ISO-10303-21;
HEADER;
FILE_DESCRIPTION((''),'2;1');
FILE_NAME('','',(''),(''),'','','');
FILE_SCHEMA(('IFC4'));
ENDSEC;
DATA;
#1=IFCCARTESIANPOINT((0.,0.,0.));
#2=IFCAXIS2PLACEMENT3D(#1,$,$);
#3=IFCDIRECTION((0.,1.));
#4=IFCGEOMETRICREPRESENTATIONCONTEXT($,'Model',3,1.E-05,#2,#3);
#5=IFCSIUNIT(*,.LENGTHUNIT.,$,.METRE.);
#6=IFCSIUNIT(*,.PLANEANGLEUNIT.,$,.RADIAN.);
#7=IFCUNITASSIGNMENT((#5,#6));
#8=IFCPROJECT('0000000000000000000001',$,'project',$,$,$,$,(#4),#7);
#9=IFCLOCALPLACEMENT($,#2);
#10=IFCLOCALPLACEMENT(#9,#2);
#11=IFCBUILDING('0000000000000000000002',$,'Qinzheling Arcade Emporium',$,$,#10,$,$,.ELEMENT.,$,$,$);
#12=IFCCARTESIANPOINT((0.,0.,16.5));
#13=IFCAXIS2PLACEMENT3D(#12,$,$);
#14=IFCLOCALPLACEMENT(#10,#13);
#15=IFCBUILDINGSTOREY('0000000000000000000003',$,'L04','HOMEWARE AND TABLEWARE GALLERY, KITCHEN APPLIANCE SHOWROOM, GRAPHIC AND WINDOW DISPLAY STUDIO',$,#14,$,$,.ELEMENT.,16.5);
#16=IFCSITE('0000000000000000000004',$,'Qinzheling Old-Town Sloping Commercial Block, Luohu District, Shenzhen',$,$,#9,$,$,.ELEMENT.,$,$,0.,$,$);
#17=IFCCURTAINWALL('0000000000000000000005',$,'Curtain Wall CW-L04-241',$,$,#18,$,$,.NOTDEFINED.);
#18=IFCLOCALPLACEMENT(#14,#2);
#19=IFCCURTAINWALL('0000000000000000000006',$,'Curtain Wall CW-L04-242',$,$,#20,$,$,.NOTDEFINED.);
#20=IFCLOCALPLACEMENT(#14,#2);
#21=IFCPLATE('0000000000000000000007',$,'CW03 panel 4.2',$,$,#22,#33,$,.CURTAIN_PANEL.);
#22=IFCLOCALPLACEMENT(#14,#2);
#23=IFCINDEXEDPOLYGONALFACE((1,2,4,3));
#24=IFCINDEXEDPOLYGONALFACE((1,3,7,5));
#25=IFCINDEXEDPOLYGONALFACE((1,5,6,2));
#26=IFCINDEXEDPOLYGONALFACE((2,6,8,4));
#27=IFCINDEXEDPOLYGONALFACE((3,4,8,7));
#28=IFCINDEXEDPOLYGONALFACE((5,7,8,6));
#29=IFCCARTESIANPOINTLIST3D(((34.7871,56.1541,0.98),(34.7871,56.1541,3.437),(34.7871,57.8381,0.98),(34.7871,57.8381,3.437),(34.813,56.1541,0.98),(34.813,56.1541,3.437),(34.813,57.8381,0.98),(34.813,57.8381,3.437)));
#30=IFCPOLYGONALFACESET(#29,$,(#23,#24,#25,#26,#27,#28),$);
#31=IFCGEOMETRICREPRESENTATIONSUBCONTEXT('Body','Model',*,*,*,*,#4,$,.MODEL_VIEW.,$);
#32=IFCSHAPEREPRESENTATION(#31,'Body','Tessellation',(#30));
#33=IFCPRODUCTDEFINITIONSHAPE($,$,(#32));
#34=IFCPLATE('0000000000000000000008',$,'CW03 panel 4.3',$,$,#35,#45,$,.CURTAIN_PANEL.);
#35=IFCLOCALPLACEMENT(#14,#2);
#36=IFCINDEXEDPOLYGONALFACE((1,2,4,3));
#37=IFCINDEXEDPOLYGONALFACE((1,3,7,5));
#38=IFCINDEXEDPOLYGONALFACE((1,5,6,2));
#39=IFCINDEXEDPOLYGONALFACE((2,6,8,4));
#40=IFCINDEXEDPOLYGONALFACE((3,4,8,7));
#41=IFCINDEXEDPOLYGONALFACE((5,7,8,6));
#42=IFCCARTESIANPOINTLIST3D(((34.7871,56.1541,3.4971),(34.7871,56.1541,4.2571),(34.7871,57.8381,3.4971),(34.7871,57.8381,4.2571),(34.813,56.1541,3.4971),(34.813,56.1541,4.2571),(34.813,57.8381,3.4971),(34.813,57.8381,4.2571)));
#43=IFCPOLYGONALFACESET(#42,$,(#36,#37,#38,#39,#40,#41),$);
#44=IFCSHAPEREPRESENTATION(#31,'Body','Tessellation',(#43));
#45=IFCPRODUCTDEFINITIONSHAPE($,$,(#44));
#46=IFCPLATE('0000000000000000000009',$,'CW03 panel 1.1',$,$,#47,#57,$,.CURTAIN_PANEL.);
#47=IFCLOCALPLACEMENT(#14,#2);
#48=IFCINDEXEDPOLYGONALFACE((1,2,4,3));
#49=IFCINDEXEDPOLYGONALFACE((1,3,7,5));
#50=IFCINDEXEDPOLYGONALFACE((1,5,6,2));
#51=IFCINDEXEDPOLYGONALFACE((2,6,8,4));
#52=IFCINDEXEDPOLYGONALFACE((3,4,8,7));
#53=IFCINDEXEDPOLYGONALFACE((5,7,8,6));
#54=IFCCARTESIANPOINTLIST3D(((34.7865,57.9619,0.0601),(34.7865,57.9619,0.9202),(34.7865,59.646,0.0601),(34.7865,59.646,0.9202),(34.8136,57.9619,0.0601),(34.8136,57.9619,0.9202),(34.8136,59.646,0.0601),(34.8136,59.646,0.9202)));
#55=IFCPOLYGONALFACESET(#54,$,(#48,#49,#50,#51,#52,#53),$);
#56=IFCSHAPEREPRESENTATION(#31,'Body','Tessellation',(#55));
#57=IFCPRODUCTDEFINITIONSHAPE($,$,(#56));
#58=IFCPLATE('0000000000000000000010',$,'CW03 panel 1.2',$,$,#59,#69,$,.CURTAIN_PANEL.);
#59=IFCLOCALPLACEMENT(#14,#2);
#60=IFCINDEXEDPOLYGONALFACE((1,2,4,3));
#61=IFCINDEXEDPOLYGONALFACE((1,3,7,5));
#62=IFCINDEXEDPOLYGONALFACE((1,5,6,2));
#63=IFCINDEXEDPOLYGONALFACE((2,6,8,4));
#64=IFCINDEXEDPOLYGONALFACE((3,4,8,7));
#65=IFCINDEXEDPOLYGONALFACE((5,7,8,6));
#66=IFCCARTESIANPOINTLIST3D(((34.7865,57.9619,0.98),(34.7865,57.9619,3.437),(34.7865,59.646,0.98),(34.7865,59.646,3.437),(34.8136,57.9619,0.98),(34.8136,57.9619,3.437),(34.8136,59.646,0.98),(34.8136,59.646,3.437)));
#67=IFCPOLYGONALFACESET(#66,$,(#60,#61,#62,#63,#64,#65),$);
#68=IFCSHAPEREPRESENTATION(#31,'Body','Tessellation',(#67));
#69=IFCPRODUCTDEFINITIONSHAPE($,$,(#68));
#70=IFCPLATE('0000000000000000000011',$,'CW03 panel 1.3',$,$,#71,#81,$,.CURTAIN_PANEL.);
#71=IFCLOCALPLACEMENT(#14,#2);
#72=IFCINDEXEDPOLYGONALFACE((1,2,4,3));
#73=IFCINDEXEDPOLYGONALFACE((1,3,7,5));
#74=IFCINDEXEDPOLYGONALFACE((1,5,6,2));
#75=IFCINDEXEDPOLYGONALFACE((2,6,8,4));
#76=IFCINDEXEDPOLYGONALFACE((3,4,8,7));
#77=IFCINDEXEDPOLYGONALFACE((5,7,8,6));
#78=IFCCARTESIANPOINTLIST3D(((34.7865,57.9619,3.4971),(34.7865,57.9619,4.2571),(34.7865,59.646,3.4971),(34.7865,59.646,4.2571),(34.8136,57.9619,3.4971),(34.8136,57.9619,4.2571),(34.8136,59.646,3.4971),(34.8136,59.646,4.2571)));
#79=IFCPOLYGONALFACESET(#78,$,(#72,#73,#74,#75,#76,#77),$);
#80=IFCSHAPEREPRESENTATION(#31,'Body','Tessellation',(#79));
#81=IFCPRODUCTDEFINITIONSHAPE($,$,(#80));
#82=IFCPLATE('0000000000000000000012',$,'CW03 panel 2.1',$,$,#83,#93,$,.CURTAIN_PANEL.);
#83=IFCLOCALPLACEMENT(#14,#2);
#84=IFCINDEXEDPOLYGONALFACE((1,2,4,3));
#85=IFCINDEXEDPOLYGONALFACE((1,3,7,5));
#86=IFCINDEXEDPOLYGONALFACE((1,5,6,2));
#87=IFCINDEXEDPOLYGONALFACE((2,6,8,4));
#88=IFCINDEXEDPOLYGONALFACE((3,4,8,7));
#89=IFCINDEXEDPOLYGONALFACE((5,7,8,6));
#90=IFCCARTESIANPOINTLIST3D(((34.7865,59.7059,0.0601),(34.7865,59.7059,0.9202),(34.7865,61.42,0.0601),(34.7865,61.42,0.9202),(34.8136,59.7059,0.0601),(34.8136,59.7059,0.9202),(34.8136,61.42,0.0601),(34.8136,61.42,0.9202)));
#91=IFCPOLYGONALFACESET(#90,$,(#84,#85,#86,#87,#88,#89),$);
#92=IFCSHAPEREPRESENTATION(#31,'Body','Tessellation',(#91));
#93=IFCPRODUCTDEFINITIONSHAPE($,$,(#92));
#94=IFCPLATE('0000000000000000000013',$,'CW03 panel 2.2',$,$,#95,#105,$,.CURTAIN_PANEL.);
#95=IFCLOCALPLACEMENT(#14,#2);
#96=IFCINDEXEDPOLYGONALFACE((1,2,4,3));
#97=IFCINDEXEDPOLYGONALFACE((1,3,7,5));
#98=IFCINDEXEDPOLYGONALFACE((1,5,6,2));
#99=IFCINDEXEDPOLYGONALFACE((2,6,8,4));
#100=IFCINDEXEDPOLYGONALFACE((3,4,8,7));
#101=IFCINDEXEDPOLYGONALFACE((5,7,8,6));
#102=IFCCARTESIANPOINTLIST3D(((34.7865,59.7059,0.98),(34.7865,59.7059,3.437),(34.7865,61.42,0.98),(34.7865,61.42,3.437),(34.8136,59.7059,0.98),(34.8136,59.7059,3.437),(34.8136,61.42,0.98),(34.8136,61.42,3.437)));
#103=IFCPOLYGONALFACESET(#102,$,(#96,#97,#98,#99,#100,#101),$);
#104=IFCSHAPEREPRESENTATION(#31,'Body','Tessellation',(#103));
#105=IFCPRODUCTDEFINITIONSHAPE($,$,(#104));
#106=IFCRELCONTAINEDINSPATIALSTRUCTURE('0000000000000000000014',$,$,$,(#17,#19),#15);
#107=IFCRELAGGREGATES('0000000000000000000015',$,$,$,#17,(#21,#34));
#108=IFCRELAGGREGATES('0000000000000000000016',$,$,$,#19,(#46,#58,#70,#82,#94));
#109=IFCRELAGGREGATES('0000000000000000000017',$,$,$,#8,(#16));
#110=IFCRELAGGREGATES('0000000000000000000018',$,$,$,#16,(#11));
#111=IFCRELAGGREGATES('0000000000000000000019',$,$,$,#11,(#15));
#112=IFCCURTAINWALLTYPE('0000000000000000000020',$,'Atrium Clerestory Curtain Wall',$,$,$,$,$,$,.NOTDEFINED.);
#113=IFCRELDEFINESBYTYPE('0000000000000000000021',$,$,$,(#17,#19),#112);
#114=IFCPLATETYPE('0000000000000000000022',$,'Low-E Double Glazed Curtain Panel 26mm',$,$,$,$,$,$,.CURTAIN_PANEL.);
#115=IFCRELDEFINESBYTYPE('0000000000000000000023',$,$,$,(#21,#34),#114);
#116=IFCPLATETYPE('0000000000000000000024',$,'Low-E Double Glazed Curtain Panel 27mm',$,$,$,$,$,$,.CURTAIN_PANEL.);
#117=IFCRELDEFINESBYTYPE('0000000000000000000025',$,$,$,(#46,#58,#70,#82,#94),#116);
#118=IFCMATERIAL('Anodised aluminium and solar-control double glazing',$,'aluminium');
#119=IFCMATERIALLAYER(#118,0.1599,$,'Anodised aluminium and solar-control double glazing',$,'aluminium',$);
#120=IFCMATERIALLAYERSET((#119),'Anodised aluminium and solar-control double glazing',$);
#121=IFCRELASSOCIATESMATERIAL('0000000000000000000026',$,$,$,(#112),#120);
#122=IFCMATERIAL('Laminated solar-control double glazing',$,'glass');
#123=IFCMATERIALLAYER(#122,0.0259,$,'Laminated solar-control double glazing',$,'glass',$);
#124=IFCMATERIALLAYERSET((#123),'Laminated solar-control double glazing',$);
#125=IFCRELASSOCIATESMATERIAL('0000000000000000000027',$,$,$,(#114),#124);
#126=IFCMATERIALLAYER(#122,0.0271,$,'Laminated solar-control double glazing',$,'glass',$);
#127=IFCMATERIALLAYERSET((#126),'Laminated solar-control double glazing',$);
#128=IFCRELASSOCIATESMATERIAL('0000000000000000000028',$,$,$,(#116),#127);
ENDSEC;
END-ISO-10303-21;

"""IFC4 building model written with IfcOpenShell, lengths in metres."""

from ifc_helpers import new_model, si_unit, direction, frame, origin, origin_2d, place, context, subcontext, project, spatial, rectangle, extrude, material, layer, layer_set, type_object, element, aggregate, save


model = new_model("IFC4")

# Units and contexts
model_context = context("Model", 3, precision=1e-05, world=origin(), true_north=direction((0.0, 1.0)))
body_context = subcontext(model_context, "Body", "Model", "MODEL_VIEW")
ifc_project = project(units=[si_unit("LENGTHUNIT", "METRE"), si_unit("PLANEANGLEUNIT", "RADIAN")], contexts=[model_context])

# Site, building, storey
site_placement = place(None, origin())
site = spatial("IfcSite", under=ifc_project, at=site_placement, Name="Qinzheling Old-Town Sloping Commercial Block, Luohu District, Shenzhen", CompositionType="ELEMENT", RefElevation=0.0)
building_placement = place(site_placement, origin())
building = spatial("IfcBuilding", under=site, at=building_placement, Name="Qinzheling Arcade Emporium", CompositionType="ELEMENT")
storey_placement = place(building_placement, frame((0.0, 0.0, 16.5)))
storey = spatial("IfcBuildingStorey", under=building, at=storey_placement, Name="L04", Description="HOMEWARE AND TABLEWARE GALLERY, KITCHEN APPLIANCE SHOWROOM, GRAPHIC AND WINDOW DISPLAY STUDIO", CompositionType="ELEMENT", Elevation=16.5)

# Curtain walls
ifc_material_1 = material(Name="Anodised aluminium and solar-control double glazing", Category="aluminium")
ifc_layer_1 = layer(ifc_material_1, 0.1599, Name="Anodised aluminium and solar-control double glazing", Category="aluminium")
ifc_layer_set_1 = layer_set([ifc_layer_1], Name="Anodised aluminium and solar-control double glazing")
curtain_wall_type = type_object("IfcCurtainWallType", Name="Atrium Clerestory Curtain Wall", PredefinedType="NOTDEFINED", material=ifc_layer_set_1)
curtain_wall_1_placement = place(storey_placement, origin())
curtain_wall_1 = element("IfcCurtainWall", 1, at=curtain_wall_1_placement, inside=storey, type_object=curtain_wall_type, Name="Curtain Wall CW-L04-241", PredefinedType="NOTDEFINED")
curtain_wall_2_placement = place(storey_placement, origin())
curtain_wall_2 = element("IfcCurtainWall", 2, at=curtain_wall_2_placement, inside=storey, type_object=curtain_wall_type, Name="Curtain Wall CW-L04-242", PredefinedType="NOTDEFINED")

# Plates
ifc_material_2 = material(Name="Laminated solar-control double glazing", Category="glass")
ifc_layer_2 = layer(ifc_material_2, 0.0259, Name="Laminated solar-control double glazing", Category="glass")
ifc_layer_set_2 = layer_set([ifc_layer_2], Name="Laminated solar-control double glazing")
plate_type_1 = type_object("IfcPlateType", Name="Low-E Double Glazed Curtain Panel 26mm", PredefinedType="CURTAIN_PANEL", material=ifc_layer_set_2)
plate_1_placement = place(storey_placement, frame((34.8, 56.9961, 0.98), z_axis=(0.0, 0.0, 1.0), x_axis=(0.0, 1.0, 0.0)))
plate_1 = element("IfcPlate", 3, at=plate_1_placement, type_object=plate_type_1, Name="CW03 panel 4.2", PredefinedType="CURTAIN_PANEL", context=body_context, shape_type="SweptSolid", body=[
    extrude(rectangle(XDim=1.6841, YDim=0.0259, at=origin_2d()), origin(), (0.0, 0.0, 1.0), 2.457),
])
plate_2_placement = place(storey_placement, frame((34.8, 56.9961, 3.4971), z_axis=(0.0, 0.0, 1.0), x_axis=(0.0, 1.0, 0.0)))
plate_2 = element("IfcPlate", 4, at=plate_2_placement, type_object=plate_type_1, Name="CW03 panel 4.3", PredefinedType="CURTAIN_PANEL", context=body_context, shape_type="SweptSolid", body=[
    extrude(rectangle(XDim=1.6841, YDim=0.0259, at=origin_2d()), origin(), (0.0, 0.0, 1.0), 0.76),
])
aggregate(curtain_wall_1, [plate_1, plate_2])
ifc_layer_3 = layer(ifc_material_2, 0.0271, Name="Laminated solar-control double glazing", Category="glass")
ifc_layer_set_3 = layer_set([ifc_layer_3], Name="Laminated solar-control double glazing")
plate_type_2 = type_object("IfcPlateType", Name="Low-E Double Glazed Curtain Panel 27mm", PredefinedType="CURTAIN_PANEL", material=ifc_layer_set_3)
plate_3_placement = place(storey_placement, frame((34.8, 58.804, 0.0601), z_axis=(0.0, 0.0, 1.0), x_axis=(0.0, 1.0, 0.0)))
plate_3 = element("IfcPlate", 5, at=plate_3_placement, type_object=plate_type_2, Name="CW03 panel 1.1", PredefinedType="CURTAIN_PANEL", context=body_context, shape_type="SweptSolid", body=[
    extrude(rectangle(XDim=1.6841, YDim=0.0271, at=origin_2d()), origin(), (0.0, 0.0, 1.0), 0.8601),
])
plate_4_placement = place(storey_placement, frame((34.8, 58.804, 0.98), z_axis=(0.0, 0.0, 1.0), x_axis=(0.0, 1.0, 0.0)))
plate_4 = element("IfcPlate", 6, at=plate_4_placement, type_object=plate_type_2, Name="CW03 panel 1.2", PredefinedType="CURTAIN_PANEL", context=body_context, shape_type="SweptSolid", body=[
    extrude(rectangle(XDim=1.6841, YDim=0.0271, at=origin_2d()), origin(), (0.0, 0.0, 1.0), 2.457),
])
plate_5_placement = place(storey_placement, frame((34.8, 58.804, 3.4971), z_axis=(0.0, 0.0, 1.0), x_axis=(0.0, 1.0, 0.0)))
plate_5 = element("IfcPlate", 7, at=plate_5_placement, type_object=plate_type_2, Name="CW03 panel 1.3", PredefinedType="CURTAIN_PANEL", context=body_context, shape_type="SweptSolid", body=[
    extrude(rectangle(XDim=1.6841, YDim=0.0271, at=origin_2d()), origin(), (0.0, 0.0, 1.0), 0.76),
])
plate_6_placement = place(storey_placement, frame((34.8, 60.563, 0.0601), z_axis=(0.0, 0.0, 1.0), x_axis=(0.0, 1.0, 0.0)))
plate_6 = element("IfcPlate", 8, at=plate_6_placement, type_object=plate_type_2, Name="CW03 panel 2.1", PredefinedType="CURTAIN_PANEL", context=body_context, shape_type="SweptSolid", body=[
    extrude(rectangle(XDim=1.7141, YDim=0.0271, at=origin_2d()), origin(), (0.0, 0.0, 1.0), 0.8601),
])
plate_7_placement = place(storey_placement, frame((34.8, 60.563, 0.98), z_axis=(0.0, 0.0, 1.0), x_axis=(0.0, 1.0, 0.0)))
plate_7 = element("IfcPlate", 9, at=plate_7_placement, type_object=plate_type_2, Name="CW03 panel 2.2", PredefinedType="CURTAIN_PANEL", context=body_context, shape_type="SweptSolid", body=[
    extrude(rectangle(XDim=1.7141, YDim=0.0271, at=origin_2d()), origin(), (0.0, 0.0, 1.0), 2.457),
])
aggregate(curtain_wall_2, [plate_3, plate_4, plate_5, plate_6, plate_7])

save(model, "model.ifc")
